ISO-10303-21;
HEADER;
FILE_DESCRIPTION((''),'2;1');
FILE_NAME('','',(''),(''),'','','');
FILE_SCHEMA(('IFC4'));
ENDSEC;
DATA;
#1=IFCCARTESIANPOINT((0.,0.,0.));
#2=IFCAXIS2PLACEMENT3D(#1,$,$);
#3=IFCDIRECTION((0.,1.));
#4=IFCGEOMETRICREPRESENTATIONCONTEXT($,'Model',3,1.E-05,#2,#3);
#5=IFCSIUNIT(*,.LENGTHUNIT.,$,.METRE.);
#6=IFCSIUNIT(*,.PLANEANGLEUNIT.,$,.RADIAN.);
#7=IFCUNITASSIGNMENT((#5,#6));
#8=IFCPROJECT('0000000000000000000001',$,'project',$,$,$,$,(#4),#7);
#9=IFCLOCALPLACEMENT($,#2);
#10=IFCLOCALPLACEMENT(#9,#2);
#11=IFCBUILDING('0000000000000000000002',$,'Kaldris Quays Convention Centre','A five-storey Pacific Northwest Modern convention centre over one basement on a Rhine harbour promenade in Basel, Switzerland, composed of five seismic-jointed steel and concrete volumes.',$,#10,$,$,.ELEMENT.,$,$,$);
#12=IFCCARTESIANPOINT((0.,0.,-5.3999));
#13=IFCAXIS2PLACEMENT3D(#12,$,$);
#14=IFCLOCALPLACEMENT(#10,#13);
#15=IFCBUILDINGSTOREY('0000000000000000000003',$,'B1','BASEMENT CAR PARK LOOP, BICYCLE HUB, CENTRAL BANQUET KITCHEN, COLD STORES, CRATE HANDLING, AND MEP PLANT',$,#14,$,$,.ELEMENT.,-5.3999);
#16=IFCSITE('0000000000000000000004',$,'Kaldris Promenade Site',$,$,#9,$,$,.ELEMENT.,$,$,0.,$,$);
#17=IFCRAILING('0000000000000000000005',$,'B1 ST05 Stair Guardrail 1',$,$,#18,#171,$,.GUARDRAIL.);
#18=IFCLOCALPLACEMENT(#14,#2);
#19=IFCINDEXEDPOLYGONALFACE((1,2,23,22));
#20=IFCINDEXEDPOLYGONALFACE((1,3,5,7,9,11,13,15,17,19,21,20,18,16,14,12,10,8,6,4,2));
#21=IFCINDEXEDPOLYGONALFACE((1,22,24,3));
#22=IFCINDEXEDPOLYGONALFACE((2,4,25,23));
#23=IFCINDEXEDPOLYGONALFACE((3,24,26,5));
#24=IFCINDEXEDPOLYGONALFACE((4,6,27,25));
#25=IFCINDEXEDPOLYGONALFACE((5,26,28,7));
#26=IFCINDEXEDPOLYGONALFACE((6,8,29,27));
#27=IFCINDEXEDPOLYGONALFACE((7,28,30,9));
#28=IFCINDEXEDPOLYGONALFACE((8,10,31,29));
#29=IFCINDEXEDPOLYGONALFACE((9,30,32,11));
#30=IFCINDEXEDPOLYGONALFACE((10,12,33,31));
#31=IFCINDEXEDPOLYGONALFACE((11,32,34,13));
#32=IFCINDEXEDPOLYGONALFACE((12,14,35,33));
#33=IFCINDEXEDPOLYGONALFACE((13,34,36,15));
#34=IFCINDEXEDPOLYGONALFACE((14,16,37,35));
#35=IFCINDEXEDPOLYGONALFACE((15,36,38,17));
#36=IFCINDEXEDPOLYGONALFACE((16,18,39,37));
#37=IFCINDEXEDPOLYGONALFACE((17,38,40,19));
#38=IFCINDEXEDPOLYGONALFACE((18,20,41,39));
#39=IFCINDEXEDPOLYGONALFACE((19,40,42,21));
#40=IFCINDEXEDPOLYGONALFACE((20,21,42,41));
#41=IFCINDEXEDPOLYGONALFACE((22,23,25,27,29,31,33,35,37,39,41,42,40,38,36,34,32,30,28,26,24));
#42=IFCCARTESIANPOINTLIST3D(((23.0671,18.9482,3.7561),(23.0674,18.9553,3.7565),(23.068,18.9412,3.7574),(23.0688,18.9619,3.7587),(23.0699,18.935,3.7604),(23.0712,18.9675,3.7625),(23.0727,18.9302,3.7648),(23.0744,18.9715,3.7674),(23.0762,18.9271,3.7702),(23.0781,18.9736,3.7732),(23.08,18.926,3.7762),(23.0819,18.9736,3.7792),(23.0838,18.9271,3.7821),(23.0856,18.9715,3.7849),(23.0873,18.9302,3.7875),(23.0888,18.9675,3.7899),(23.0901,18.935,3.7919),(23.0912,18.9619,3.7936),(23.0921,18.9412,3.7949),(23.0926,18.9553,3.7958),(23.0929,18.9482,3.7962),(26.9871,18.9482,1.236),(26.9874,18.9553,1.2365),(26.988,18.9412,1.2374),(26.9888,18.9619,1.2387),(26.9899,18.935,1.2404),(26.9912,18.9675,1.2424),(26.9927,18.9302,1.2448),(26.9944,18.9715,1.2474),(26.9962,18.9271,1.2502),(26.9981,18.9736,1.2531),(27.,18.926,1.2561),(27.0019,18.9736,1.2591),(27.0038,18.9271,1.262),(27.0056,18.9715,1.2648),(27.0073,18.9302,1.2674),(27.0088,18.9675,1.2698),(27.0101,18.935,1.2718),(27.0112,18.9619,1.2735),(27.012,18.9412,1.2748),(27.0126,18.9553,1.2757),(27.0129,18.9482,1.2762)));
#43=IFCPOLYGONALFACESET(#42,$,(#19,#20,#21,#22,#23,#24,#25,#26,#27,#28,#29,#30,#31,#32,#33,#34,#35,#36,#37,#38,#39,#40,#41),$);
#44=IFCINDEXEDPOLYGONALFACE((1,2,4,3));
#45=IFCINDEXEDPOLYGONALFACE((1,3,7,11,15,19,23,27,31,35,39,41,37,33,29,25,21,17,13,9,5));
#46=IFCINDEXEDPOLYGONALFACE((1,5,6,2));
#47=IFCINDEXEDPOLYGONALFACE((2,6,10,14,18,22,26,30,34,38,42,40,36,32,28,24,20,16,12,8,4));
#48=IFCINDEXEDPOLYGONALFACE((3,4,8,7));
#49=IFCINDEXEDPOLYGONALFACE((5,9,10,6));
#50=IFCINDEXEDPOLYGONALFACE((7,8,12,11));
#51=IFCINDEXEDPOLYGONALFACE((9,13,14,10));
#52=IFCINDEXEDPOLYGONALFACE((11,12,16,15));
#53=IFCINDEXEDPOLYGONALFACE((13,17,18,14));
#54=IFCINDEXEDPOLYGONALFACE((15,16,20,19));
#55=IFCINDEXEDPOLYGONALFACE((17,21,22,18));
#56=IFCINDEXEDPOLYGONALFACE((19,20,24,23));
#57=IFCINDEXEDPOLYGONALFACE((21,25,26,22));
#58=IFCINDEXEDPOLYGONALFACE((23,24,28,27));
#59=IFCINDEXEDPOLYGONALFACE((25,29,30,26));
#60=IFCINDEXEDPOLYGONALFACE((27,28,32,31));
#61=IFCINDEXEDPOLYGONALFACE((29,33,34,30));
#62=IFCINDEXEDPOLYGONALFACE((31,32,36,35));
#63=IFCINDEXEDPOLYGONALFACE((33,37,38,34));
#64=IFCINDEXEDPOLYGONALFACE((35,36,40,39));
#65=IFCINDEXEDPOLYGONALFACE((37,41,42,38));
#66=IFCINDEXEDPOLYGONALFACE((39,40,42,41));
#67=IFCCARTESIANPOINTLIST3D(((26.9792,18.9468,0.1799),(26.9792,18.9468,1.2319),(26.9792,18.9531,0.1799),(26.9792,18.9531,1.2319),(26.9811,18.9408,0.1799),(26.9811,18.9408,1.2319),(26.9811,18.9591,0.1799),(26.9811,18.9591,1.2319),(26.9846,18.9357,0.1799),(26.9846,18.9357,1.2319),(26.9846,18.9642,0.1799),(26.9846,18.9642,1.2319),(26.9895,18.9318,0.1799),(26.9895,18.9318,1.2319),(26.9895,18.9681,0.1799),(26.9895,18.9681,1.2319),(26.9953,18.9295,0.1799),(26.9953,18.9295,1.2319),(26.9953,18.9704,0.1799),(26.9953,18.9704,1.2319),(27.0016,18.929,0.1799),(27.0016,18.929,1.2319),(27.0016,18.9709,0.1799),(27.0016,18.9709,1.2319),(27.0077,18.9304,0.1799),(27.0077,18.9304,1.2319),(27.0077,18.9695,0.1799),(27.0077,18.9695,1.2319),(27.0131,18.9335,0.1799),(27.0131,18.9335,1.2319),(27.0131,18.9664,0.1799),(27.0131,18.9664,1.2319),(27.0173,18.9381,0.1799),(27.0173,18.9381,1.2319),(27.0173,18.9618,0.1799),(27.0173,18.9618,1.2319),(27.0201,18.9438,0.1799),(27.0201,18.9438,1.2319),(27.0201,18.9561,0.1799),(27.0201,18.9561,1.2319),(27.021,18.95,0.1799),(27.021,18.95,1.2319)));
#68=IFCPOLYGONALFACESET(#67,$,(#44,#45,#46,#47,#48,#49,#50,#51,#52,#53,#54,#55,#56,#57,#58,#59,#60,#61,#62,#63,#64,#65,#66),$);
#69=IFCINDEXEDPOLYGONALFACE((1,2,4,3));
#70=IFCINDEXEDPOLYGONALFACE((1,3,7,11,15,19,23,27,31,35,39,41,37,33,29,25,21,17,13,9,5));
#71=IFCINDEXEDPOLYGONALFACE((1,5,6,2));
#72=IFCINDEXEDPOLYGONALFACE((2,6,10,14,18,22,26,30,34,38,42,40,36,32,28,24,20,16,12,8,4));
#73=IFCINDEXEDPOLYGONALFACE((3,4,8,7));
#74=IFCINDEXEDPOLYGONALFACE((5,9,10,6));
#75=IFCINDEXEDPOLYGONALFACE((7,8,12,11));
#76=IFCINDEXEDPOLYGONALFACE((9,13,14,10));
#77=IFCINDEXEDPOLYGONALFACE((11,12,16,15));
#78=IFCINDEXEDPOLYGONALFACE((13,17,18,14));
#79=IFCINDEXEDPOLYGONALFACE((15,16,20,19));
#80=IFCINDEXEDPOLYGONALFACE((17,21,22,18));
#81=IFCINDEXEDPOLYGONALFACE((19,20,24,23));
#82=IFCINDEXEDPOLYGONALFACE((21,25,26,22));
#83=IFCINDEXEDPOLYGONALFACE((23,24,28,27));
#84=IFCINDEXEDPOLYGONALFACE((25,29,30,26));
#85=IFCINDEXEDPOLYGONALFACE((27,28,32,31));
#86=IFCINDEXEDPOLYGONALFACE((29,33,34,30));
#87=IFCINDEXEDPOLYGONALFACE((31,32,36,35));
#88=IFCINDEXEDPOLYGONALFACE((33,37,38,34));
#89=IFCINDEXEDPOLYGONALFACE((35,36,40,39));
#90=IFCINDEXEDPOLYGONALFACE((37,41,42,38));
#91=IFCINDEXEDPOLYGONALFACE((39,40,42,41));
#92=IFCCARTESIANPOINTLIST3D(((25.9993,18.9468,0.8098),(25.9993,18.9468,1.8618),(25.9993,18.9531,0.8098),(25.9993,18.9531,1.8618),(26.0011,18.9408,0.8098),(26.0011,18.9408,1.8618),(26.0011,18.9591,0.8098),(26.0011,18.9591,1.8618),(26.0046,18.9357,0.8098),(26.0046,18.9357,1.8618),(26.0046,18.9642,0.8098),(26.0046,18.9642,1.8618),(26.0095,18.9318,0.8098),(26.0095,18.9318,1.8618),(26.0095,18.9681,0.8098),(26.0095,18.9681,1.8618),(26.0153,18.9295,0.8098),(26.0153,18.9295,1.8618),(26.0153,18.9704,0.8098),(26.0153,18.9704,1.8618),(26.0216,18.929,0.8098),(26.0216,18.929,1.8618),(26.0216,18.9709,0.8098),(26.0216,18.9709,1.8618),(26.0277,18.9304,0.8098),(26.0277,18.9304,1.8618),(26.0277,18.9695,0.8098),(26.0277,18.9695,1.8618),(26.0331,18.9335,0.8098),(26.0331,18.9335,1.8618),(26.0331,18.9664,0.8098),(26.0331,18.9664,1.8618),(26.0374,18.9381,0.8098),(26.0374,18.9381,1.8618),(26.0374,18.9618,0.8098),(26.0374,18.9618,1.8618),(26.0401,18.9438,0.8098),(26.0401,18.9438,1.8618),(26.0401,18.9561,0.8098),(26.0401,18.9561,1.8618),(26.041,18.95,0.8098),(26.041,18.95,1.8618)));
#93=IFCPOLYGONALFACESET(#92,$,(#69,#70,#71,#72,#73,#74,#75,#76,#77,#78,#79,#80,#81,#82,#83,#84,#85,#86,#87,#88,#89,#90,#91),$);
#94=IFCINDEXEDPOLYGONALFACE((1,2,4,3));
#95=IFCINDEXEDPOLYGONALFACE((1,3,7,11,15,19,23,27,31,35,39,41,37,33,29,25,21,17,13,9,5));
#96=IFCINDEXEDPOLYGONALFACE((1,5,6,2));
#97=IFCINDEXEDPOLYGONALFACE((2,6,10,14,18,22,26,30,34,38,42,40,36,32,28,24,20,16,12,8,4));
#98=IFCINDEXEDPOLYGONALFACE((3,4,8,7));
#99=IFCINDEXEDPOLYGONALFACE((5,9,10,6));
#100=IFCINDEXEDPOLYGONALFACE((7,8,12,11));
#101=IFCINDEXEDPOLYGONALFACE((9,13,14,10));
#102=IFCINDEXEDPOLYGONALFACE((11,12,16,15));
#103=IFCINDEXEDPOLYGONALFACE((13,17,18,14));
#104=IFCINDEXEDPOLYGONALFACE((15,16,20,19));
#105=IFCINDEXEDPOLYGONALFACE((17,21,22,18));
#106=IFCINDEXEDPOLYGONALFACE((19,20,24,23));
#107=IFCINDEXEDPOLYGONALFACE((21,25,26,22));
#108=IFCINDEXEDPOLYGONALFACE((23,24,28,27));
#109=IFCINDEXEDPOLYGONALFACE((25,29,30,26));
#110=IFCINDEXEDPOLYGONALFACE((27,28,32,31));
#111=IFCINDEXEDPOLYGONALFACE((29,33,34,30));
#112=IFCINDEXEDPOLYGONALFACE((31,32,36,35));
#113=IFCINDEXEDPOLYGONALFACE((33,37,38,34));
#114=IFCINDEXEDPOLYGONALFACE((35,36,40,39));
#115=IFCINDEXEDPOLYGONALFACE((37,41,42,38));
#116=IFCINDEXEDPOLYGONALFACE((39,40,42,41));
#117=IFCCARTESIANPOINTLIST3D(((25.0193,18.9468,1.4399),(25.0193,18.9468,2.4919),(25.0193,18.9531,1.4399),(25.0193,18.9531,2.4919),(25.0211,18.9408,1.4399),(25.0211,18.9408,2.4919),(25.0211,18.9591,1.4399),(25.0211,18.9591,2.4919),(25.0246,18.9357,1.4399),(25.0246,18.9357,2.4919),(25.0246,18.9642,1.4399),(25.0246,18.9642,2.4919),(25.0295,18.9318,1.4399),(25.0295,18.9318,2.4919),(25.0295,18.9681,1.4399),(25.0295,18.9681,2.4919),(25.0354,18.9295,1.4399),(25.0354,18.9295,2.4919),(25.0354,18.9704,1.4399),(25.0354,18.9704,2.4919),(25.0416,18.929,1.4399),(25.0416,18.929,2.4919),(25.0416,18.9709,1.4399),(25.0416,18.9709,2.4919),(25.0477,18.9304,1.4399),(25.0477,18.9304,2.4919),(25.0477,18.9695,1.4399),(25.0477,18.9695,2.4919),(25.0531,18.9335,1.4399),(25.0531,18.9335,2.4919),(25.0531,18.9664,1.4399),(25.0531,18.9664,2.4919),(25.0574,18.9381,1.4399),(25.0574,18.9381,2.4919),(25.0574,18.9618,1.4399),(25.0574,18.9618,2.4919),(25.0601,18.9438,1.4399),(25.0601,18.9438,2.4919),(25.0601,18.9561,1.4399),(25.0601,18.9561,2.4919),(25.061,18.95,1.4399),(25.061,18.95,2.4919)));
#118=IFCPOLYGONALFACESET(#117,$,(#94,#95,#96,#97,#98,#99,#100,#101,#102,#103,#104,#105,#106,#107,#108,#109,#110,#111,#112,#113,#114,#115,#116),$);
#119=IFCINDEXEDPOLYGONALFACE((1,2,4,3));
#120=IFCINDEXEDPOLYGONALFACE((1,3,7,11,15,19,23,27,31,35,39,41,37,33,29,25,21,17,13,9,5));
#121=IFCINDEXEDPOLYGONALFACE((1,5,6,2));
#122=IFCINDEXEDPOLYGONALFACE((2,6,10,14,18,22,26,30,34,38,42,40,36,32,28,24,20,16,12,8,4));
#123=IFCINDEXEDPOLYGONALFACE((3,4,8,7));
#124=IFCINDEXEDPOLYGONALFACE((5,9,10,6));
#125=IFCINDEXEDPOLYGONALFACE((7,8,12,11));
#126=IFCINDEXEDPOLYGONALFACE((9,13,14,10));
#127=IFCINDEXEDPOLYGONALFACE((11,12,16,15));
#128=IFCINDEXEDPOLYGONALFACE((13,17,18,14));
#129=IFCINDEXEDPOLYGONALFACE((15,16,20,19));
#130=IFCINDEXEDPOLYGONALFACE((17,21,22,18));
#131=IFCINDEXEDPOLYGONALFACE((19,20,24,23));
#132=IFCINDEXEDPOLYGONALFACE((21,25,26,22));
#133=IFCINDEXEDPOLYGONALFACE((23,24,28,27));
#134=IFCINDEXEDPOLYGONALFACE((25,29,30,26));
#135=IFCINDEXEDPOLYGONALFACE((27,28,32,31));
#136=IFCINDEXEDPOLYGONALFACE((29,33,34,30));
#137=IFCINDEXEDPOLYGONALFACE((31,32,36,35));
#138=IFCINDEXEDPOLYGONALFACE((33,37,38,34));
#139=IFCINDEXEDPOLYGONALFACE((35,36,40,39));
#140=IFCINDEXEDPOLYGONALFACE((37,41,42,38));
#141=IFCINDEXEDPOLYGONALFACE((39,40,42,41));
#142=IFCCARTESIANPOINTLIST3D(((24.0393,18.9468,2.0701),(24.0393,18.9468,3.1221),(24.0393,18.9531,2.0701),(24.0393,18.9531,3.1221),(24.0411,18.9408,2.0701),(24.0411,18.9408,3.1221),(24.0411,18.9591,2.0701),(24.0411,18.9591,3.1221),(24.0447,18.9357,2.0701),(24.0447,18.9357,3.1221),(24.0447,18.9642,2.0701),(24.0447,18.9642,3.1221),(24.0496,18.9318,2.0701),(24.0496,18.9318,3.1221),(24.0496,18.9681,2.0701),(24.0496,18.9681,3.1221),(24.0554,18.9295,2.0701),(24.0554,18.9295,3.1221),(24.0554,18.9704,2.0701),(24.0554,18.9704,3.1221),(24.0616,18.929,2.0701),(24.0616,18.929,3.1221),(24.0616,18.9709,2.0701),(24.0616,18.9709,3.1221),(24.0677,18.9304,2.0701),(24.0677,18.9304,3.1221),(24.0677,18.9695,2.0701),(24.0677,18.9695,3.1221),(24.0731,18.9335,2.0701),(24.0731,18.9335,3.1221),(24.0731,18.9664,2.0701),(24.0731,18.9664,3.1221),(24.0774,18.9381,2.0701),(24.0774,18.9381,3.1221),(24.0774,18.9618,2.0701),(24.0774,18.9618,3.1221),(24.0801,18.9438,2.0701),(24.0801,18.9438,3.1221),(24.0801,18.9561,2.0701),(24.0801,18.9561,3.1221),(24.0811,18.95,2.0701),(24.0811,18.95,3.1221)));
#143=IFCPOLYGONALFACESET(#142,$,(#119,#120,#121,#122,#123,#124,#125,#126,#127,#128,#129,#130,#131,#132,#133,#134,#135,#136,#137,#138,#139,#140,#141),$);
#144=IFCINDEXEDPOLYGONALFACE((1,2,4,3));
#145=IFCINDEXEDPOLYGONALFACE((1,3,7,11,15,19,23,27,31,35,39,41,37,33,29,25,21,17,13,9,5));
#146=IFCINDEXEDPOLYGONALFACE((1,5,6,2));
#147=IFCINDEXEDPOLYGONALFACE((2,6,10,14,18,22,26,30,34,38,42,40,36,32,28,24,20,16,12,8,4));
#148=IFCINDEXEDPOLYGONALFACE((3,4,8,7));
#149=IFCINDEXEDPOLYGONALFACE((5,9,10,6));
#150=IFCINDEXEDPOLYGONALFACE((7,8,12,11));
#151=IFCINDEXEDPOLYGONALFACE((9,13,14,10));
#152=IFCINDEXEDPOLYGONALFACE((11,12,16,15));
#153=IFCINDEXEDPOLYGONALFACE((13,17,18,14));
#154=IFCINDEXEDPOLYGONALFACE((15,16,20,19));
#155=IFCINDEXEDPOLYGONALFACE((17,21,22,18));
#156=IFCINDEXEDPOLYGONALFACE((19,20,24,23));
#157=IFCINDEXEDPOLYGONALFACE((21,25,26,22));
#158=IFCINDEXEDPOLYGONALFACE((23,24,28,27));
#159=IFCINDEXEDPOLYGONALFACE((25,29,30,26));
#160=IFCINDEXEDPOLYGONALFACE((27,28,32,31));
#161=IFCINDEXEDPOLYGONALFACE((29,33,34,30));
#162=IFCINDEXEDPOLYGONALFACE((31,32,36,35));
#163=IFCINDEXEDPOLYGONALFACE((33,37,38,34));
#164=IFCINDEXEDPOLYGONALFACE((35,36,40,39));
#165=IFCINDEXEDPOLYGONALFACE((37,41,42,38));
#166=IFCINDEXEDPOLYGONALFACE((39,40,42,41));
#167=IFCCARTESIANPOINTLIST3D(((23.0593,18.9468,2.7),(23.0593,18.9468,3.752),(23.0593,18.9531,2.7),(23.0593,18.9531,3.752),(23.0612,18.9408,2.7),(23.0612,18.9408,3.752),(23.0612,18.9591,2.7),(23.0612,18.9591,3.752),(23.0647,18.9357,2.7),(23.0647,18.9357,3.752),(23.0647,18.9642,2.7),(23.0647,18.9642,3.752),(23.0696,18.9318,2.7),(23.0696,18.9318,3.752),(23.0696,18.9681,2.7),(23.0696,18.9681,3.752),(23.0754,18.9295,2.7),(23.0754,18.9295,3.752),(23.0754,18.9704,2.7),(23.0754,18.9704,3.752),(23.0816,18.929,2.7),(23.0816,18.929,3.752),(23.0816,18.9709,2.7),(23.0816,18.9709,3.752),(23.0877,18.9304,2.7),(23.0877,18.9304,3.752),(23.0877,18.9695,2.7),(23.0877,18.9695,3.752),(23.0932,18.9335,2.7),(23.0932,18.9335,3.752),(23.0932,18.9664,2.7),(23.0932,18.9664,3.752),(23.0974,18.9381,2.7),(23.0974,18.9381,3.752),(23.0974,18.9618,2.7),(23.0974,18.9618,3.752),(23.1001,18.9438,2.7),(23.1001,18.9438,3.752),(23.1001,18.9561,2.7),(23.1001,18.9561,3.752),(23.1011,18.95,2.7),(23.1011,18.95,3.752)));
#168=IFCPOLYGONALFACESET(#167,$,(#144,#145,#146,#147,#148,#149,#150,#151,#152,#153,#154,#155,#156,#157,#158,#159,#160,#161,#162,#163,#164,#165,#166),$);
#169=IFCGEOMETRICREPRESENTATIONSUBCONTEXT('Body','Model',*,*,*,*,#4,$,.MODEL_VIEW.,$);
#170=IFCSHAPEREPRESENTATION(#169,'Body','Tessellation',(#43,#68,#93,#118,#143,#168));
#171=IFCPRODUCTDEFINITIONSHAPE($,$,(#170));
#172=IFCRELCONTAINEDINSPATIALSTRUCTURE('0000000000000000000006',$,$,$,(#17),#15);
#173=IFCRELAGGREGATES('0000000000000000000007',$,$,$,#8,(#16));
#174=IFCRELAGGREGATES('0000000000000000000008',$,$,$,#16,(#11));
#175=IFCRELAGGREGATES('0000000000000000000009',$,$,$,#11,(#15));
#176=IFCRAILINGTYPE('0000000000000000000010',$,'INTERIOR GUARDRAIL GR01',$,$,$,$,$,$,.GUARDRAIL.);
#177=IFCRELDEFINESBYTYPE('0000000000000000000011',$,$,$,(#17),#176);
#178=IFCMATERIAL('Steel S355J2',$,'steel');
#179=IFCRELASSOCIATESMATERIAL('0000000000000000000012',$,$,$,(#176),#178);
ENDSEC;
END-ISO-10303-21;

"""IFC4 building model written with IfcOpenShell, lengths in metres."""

from ifc_helpers import new_model, si_unit, direction, frame, origin, origin_2d, place, context, subcontext, project, spatial, circle, extrude, material, type_object, element, save


model = new_model("IFC4")

# Units and contexts
model_context = context("Model", 3, precision=1e-05, world=origin(), true_north=direction((0.0, 1.0)))
body_context = subcontext(model_context, "Body", "Model", "MODEL_VIEW")
ifc_project = project(units=[si_unit("LENGTHUNIT", "METRE"), si_unit("PLANEANGLEUNIT", "RADIAN")], contexts=[model_context])

# Site, building, storey
site_placement = place(None, origin())
site = spatial("IfcSite", under=ifc_project, at=site_placement, Name="Kaldris Promenade Site", CompositionType="ELEMENT", RefElevation=0.0)
building_placement = place(site_placement, origin())
building = spatial("IfcBuilding", under=site, at=building_placement, Name="Kaldris Quays Convention Centre", Description="A five-storey Pacific Northwest Modern convention centre over one basement on a Rhine harbour promenade in Basel, Switzerland, composed of five seismic-jointed steel and concrete volumes.", CompositionType="ELEMENT")
storey_placement = place(building_placement, frame((0.0, 0.0, -5.3999)))
storey = spatial("IfcBuildingStorey", under=building, at=storey_placement, Name="B1", Description="BASEMENT CAR PARK LOOP, BICYCLE HUB, CENTRAL BANQUET KITCHEN, COLD STORES, CRATE HANDLING, AND MEP PLANT", CompositionType="ELEMENT", Elevation=-5.3999)

# Shared definitions
ifc_material_1 = material(Name="Steel S355J2", Category="steel")

# Railing
railing_type_1 = type_object("IfcRailingType", Name="INTERIOR GUARDRAIL GR01", PredefinedType="GUARDRAIL", material=ifc_material_1)
railing_1_placement = place(storey_placement, frame((27.0, 18.95, 0.1799)))
element("IfcRailing", 1, at=railing_1_placement, inside=storey, type_object=railing_type_1, Name="B1 ST05 Stair Guardrail 1", PredefinedType="GUARDRAIL", context=body_context, shape_type="SweptSolid", body=[
    extrude(circle(Radius=0.0239, at=origin_2d()), frame((0.0, 0.0, 1.0762), z_axis=(-0.841172, 0.0, 0.540768), x_axis=(0.0, -1.0, 0.0)), (0.0, 0.0, 1.0), 4.6602),
    extrude(circle(Radius=0.021, at=origin_2d()), origin(), (0.0, 0.0, 1.0), 1.052),
    extrude(circle(Radius=0.021, at=origin_2d()), frame((-0.98, 0.0, 0.6299)), (0.0, 0.0, 1.0), 1.052),
    extrude(circle(Radius=0.021, at=origin_2d()), frame((-1.96, 0.0, 1.26)), (0.0, 0.0, 1.0), 1.052),
    extrude(circle(Radius=0.021, at=origin_2d()), frame((-2.9399, 0.0, 1.8901)), (0.0, 0.0, 1.0), 1.052),
    extrude(circle(Radius=0.021, at=origin_2d()), frame((-3.9199, 0.0, 2.52)), (0.0, 0.0, 1.0), 1.052),
])

save(model, "model.ifc")
